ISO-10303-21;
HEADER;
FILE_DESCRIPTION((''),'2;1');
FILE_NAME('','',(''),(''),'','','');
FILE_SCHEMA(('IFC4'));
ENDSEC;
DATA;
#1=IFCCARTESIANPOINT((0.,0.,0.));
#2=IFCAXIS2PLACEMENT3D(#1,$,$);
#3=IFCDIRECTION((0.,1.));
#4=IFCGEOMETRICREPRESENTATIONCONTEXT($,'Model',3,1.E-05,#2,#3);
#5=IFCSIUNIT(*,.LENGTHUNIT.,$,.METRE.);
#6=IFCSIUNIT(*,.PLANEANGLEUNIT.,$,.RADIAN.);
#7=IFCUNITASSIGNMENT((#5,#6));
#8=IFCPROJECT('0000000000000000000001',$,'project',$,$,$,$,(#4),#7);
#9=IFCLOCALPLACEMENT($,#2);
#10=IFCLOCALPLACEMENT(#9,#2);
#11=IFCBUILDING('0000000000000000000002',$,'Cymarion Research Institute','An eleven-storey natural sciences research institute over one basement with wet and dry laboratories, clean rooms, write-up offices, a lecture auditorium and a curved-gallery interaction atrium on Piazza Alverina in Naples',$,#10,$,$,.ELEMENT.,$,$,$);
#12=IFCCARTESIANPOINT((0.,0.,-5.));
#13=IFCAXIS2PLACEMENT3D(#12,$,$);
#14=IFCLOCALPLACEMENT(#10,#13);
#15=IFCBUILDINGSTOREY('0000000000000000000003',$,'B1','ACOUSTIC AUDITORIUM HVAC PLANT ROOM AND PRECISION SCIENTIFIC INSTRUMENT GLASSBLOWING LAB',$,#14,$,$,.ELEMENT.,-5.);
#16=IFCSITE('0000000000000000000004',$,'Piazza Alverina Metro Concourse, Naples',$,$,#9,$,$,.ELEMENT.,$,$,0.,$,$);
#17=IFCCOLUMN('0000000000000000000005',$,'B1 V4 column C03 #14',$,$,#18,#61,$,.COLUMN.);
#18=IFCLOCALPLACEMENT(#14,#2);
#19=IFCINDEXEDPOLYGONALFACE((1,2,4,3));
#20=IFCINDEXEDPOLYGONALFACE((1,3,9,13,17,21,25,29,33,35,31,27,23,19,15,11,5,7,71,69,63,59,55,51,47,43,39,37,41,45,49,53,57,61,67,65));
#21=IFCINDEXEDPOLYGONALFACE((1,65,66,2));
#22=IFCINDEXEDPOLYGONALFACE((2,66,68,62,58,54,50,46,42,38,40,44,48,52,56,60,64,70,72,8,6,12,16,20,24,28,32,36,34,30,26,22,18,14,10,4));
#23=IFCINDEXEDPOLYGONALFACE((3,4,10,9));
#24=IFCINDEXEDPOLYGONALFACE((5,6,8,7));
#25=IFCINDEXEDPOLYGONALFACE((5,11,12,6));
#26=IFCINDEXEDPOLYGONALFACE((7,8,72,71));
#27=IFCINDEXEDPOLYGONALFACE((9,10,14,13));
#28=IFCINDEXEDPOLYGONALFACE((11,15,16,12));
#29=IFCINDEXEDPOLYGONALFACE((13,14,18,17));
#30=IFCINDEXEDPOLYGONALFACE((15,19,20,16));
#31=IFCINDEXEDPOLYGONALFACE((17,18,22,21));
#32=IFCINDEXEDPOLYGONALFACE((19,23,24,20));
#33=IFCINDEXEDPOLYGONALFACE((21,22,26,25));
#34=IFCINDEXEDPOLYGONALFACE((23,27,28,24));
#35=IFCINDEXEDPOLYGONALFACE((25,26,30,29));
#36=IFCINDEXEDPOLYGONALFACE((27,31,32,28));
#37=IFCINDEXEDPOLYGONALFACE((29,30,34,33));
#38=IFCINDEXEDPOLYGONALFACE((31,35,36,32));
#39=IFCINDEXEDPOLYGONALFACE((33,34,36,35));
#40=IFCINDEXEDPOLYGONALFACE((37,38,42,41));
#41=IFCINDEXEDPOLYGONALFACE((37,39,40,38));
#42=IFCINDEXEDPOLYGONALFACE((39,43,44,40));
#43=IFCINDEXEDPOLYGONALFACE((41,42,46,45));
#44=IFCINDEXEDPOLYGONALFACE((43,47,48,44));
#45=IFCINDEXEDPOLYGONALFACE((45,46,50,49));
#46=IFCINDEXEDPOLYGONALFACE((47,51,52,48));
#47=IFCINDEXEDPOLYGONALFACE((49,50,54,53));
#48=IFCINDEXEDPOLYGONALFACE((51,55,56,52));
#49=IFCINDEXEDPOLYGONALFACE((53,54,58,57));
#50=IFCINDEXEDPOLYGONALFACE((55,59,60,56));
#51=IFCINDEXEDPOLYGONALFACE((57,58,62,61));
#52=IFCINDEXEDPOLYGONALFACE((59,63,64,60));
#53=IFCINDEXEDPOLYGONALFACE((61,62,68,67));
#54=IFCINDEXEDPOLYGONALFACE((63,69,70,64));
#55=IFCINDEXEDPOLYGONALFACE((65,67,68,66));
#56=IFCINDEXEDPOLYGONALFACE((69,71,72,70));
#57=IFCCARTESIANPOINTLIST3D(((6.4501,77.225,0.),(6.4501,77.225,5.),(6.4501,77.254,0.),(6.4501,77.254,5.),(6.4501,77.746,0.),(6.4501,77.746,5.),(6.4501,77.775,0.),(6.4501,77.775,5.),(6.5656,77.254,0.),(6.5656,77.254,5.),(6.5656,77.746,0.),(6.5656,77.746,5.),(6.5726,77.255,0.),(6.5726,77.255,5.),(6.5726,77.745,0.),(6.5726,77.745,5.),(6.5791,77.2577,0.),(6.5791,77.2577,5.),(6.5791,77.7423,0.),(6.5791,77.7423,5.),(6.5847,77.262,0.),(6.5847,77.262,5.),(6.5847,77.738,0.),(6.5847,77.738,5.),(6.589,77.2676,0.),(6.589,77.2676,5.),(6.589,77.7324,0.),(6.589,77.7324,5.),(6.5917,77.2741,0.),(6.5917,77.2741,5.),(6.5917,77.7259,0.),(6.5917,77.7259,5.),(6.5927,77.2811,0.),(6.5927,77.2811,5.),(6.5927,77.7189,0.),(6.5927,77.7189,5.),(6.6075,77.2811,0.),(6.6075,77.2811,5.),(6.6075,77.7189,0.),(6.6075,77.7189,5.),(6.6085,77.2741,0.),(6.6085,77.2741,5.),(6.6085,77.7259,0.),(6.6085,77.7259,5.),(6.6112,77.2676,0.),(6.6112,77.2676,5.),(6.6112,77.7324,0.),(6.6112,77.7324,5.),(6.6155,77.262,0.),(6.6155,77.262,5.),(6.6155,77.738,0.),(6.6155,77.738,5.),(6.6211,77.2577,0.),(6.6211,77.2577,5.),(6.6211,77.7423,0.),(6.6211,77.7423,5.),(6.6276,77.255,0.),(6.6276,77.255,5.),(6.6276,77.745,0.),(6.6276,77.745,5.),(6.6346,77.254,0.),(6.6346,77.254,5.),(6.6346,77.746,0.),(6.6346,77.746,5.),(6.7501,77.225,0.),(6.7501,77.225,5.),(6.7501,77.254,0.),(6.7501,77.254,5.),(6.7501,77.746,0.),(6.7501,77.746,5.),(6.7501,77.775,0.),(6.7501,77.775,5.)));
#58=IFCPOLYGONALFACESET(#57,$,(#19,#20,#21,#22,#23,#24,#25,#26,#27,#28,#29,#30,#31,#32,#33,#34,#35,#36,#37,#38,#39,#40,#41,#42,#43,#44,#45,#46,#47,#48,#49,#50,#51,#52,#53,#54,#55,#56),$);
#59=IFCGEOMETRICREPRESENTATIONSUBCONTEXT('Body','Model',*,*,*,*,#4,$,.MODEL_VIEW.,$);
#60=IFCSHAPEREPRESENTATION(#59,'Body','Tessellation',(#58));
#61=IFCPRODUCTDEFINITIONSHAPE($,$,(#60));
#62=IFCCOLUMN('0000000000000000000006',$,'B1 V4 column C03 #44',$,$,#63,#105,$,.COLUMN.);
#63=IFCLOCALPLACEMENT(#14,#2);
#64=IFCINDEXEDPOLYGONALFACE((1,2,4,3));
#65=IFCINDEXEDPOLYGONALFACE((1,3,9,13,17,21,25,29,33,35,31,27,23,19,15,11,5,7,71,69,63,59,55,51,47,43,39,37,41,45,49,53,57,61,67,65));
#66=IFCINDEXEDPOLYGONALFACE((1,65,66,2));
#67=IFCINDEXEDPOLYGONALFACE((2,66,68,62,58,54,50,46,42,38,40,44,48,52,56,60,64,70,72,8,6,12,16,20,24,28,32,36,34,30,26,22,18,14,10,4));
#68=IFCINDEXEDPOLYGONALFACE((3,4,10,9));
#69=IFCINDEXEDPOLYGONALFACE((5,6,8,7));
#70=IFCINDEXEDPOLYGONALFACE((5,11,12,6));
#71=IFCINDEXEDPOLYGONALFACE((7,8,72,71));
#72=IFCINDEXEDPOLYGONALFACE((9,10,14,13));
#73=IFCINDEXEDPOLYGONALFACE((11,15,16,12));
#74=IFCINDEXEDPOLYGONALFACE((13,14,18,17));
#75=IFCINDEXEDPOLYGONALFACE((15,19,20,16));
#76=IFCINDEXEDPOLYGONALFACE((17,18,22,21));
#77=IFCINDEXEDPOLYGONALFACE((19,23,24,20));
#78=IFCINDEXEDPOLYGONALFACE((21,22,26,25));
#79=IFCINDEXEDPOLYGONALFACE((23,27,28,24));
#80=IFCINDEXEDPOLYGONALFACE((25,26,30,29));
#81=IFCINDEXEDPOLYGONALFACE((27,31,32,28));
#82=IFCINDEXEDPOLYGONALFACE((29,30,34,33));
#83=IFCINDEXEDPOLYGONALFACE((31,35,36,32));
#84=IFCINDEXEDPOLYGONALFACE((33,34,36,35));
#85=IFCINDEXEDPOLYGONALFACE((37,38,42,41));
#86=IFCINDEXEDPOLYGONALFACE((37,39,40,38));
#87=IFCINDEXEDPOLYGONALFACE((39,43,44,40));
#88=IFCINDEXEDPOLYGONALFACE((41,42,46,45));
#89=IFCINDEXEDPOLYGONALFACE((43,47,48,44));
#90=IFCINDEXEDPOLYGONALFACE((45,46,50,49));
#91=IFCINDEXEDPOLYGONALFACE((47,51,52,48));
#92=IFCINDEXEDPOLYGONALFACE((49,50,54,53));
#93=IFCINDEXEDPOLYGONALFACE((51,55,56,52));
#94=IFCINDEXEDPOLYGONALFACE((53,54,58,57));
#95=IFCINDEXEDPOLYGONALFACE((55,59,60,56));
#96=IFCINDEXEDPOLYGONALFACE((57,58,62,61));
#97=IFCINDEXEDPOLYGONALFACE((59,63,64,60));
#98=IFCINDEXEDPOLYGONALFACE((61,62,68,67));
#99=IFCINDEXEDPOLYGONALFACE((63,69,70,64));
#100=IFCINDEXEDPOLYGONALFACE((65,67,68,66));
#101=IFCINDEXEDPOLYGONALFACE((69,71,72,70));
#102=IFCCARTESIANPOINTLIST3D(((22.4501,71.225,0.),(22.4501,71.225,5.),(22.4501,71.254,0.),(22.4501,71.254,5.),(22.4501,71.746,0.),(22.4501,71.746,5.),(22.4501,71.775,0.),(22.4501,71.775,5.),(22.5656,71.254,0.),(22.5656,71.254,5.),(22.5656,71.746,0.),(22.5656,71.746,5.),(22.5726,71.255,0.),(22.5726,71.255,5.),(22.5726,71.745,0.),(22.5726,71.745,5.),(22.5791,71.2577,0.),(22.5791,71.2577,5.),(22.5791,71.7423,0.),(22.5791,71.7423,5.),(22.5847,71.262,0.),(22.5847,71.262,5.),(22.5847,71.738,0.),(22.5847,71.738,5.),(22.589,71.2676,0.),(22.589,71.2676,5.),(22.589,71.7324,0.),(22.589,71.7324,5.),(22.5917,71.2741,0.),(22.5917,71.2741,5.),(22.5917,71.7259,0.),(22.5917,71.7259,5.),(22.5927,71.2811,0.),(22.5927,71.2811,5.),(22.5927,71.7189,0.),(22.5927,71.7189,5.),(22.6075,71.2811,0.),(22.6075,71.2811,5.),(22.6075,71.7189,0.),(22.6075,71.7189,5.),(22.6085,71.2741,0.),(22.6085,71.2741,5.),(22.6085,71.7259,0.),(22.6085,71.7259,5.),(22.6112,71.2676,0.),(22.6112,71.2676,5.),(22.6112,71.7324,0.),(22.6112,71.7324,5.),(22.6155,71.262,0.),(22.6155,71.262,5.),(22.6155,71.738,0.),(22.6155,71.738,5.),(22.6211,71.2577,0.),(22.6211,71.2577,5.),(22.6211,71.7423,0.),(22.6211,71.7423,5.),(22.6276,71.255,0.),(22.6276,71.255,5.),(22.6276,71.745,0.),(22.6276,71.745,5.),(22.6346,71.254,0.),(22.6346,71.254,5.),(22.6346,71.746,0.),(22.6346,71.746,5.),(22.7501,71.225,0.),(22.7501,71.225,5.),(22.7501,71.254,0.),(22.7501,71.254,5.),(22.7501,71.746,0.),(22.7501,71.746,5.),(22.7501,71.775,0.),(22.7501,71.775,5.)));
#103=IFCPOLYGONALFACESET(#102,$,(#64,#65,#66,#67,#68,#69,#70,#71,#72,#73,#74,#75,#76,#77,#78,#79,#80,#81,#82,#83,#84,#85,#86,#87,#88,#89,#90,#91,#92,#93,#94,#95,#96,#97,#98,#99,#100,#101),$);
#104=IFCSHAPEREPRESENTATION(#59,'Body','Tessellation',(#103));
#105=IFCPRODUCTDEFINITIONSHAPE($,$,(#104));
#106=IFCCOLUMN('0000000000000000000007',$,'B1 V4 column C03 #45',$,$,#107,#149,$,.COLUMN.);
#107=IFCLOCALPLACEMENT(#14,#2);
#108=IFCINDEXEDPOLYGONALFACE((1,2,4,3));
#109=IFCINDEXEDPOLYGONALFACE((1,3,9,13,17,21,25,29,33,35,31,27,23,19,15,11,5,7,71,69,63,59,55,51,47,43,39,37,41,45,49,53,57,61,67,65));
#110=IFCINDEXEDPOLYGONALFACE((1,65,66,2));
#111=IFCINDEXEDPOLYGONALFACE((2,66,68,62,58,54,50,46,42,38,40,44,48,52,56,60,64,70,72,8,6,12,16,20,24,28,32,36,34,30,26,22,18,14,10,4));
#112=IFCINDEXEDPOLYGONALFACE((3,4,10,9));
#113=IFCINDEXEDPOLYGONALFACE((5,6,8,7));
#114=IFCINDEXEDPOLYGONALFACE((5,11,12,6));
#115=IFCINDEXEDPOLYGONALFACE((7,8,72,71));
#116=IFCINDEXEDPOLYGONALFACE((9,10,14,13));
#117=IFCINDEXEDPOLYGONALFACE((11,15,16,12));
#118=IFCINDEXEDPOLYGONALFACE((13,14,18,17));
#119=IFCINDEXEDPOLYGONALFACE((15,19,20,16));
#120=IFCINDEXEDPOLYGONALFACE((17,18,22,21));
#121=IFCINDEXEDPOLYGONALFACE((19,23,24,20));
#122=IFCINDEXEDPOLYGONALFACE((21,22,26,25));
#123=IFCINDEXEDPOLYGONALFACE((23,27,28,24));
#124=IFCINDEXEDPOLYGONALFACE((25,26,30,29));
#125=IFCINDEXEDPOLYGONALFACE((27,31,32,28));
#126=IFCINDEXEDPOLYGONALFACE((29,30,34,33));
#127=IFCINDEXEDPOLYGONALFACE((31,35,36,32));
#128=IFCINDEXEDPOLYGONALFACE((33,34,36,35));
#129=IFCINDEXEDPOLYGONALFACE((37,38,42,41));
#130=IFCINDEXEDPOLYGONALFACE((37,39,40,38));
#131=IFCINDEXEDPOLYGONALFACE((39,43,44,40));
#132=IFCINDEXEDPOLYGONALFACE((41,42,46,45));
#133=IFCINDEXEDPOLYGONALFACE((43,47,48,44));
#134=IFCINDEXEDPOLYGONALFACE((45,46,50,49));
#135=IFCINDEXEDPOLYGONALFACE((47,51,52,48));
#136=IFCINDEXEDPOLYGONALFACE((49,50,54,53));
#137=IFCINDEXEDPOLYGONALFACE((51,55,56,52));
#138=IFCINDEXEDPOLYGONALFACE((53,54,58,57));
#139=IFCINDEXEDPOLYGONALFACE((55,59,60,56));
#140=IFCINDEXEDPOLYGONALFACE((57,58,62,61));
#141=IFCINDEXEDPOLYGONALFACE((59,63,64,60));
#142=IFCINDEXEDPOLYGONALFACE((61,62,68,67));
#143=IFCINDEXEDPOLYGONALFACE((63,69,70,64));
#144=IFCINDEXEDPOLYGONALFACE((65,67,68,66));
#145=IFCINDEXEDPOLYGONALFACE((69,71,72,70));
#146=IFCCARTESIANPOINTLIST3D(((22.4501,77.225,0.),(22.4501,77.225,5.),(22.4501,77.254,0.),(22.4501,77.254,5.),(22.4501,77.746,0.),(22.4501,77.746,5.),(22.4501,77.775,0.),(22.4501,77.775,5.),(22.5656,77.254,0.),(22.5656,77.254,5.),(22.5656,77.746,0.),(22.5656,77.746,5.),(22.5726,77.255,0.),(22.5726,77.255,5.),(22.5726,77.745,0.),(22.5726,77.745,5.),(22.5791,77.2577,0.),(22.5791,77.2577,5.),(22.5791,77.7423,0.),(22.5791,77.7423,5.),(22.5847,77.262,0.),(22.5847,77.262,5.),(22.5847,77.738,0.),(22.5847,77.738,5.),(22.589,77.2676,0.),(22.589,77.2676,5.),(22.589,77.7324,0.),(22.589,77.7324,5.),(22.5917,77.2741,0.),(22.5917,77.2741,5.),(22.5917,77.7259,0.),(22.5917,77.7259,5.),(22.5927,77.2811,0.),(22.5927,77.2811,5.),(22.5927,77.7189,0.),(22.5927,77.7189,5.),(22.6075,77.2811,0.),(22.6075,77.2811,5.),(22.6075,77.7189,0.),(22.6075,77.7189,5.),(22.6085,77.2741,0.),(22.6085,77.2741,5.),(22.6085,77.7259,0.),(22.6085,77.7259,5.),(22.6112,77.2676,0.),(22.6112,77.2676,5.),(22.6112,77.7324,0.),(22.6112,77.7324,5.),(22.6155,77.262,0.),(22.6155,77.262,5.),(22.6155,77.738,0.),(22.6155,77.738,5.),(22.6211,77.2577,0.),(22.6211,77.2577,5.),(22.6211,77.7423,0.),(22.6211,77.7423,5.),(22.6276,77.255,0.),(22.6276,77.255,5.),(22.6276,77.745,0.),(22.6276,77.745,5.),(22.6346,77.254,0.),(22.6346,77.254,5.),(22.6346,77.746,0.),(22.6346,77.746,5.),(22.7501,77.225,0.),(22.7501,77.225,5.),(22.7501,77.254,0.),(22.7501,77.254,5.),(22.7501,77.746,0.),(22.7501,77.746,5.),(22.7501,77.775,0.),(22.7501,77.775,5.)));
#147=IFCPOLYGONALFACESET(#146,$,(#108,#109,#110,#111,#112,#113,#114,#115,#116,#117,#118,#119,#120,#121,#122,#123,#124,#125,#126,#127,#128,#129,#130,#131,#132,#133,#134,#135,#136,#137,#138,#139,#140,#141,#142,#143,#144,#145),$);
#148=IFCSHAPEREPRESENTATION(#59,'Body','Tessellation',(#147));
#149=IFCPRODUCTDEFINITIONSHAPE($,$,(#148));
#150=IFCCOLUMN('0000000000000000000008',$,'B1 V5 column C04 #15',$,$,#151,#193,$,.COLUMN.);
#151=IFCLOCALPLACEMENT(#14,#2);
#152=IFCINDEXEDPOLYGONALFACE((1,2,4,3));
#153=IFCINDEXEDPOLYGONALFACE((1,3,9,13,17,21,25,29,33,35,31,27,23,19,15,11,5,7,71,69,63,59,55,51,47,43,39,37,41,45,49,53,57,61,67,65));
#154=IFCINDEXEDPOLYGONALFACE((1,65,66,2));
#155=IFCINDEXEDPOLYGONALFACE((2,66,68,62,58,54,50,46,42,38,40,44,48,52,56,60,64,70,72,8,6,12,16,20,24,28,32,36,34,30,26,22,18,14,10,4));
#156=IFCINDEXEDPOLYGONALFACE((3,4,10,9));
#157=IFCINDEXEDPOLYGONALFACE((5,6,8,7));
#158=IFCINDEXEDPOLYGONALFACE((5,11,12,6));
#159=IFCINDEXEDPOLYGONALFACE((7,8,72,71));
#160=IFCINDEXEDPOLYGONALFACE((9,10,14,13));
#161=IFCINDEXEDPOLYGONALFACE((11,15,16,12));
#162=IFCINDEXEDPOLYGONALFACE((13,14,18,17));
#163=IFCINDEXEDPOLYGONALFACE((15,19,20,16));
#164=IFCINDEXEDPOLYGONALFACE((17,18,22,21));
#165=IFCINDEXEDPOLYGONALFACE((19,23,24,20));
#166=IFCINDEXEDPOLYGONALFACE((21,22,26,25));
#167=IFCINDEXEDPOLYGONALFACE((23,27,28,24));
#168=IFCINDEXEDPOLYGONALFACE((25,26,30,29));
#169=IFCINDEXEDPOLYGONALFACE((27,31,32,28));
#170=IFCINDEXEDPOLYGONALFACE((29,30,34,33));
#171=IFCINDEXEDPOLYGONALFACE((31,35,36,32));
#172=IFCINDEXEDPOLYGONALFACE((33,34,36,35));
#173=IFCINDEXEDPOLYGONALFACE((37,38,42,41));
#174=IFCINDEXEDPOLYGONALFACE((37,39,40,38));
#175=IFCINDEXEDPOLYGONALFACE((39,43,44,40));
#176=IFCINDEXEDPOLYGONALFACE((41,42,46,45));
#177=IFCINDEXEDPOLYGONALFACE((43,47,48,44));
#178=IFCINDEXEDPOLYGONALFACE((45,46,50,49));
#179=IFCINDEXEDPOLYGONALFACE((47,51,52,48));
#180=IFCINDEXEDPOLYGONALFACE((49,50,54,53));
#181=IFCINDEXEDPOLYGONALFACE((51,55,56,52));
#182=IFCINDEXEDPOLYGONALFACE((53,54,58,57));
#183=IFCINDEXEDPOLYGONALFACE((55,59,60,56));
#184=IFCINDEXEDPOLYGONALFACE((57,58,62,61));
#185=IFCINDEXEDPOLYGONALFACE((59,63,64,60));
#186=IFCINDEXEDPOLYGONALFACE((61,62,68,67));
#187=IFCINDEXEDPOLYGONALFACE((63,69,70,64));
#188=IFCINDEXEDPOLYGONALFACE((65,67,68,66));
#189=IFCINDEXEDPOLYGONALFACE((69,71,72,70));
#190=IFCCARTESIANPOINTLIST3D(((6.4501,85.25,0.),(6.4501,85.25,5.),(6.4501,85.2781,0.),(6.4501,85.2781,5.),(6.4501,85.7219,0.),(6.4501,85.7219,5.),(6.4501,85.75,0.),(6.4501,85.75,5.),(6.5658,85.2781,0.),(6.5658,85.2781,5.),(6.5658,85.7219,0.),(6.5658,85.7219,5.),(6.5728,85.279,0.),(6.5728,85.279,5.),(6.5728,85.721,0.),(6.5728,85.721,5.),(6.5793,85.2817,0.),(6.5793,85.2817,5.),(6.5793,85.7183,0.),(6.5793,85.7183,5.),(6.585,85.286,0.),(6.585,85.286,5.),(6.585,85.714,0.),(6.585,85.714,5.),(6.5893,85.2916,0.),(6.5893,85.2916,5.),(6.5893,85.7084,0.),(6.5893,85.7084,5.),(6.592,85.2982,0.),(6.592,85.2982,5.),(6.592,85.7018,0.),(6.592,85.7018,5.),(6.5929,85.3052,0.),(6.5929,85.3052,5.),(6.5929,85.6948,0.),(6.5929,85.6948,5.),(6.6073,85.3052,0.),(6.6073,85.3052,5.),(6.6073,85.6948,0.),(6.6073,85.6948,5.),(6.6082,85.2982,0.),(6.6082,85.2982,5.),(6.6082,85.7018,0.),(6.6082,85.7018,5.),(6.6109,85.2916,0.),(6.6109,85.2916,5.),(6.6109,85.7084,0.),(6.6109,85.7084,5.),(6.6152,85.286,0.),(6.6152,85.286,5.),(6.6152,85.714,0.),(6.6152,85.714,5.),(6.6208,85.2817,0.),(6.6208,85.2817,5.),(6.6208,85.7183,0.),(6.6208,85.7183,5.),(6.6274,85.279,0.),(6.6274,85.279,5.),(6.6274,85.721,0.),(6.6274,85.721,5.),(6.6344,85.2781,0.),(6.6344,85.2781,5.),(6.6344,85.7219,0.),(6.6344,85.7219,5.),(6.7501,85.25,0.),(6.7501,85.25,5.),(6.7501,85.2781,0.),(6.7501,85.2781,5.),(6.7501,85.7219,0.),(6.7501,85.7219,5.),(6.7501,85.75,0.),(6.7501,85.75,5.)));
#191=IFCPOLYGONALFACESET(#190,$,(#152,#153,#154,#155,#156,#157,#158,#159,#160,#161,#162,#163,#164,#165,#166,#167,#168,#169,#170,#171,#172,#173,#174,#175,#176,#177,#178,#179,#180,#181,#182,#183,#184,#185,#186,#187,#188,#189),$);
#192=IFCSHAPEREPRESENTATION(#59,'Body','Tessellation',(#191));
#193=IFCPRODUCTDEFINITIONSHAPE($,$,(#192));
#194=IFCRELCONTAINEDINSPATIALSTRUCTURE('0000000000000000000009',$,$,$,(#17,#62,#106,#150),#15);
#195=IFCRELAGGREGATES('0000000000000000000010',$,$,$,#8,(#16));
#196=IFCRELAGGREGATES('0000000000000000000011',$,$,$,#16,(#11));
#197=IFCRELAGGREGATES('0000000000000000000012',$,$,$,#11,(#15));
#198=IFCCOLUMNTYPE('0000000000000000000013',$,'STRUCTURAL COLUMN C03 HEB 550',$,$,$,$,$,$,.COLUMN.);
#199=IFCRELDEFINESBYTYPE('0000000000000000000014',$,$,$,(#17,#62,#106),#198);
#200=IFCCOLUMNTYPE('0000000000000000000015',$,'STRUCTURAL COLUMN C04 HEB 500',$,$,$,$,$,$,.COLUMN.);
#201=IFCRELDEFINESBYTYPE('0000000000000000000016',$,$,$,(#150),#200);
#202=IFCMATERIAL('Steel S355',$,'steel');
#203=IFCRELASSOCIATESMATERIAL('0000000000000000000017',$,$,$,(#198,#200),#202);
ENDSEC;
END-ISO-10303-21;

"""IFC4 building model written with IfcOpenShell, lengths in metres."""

from ifc_helpers import new_model, si_unit, direction, frame, origin, origin_2d, place, context, subcontext, project, spatial, i_section, extrude, material, material_profile, profile_set, type_object, element, save


model = new_model("IFC4")

# Units and contexts
model_context = context("Model", 3, precision=1e-05, world=origin(), true_north=direction((0.0, 1.0)))
body_context = subcontext(model_context, "Body", "Model", "MODEL_VIEW")
ifc_project = project(units=[si_unit("LENGTHUNIT", "METRE"), si_unit("PLANEANGLEUNIT", "RADIAN")], contexts=[model_context])

# Site, building, storey
site_placement = place(None, origin())
site = spatial("IfcSite", under=ifc_project, at=site_placement, Name="Piazza Alverina Metro Concourse, Naples", CompositionType="ELEMENT", RefElevation=0.0)
building_placement = place(site_placement, origin())
building = spatial("IfcBuilding", under=site, at=building_placement, Name="Cymarion Research Institute", Description="An eleven-storey natural sciences research institute over one basement with wet and dry laboratories, clean rooms, write-up offices, a lecture auditorium and a curved-gallery interaction atrium on Piazza Alverina in Naples", CompositionType="ELEMENT")
storey_placement = place(building_placement, frame((0.0, 0.0, -5.0)))
storey = spatial("IfcBuildingStorey", under=building, at=storey_placement, Name="B1", Description="ACOUSTIC AUDITORIUM HVAC PLANT ROOM AND PRECISION SCIENTIFIC INSTRUMENT GLASSBLOWING LAB", CompositionType="ELEMENT", Elevation=-5.0)

# Columns
ifc_material_1 = material(Name="Steel S355", Category="steel")
ifc_material_profile_1 = material_profile(ifc_material_1, i_section(OverallWidth=0.3, OverallDepth=0.55, WebThickness=0.0149, FlangeThickness=0.0291, FilletRadius=0.0271, at=origin_2d()), Name="HEB 550")
ifc_profile_set_1 = profile_set([ifc_material_profile_1], Name="Steel S355")
column_type_1 = type_object("IfcColumnType", Name="STRUCTURAL COLUMN C03 HEB 550", PredefinedType="COLUMN", material=ifc_profile_set_1)
for number, where, z_axis, x_axis, name in (
    (1, (6.6001, 77.5, 0.0), (0.0, 0.0, 1.0), (1.0, 0.0, 0.0), "B1 V4 column C03 #14"),
    (2, (22.6001, 71.5, 0.0), (0.0, 0.0, 1.0), (1.0, 0.0, 0.0), "B1 V4 column C03 #44"),
    (3, (22.6001, 77.5, 0.0), (0.0, 0.0, 1.0), (1.0, 0.0, 0.0), "B1 V4 column C03 #45"),
):
    element("IfcColumn", number, at=place(storey_placement, frame(where, z_axis=z_axis, x_axis=x_axis)), inside=storey, type_object=column_type_1, Name=name, PredefinedType="COLUMN", context=body_context, shape_type="SweptSolid", body=[
        extrude(i_section(OverallWidth=0.3, OverallDepth=0.55, WebThickness=0.0149, FlangeThickness=0.0291, FilletRadius=0.0271, at=origin_2d()), origin(), (0.0, 0.0, 1.0), 5.0),
    ])
ifc_material_profile_2 = material_profile(ifc_material_1, i_section(OverallWidth=0.3, OverallDepth=0.5, WebThickness=0.0144, FlangeThickness=0.0281, FilletRadius=0.0271, at=origin_2d()), Name="HEB 500")
ifc_profile_set_2 = profile_set([ifc_material_profile_2], Name="Steel S355")
column_type_2 = type_object("IfcColumnType", Name="STRUCTURAL COLUMN C04 HEB 500", PredefinedType="COLUMN", material=ifc_profile_set_2)
for number, where, z_axis, x_axis, name in (
    (4, (6.6001, 85.5, 0.0), (0.0, 0.0, 1.0), (1.0, 0.0, 0.0), "B1 V5 column C04 #15"),
):
    element("IfcColumn", number, at=place(storey_placement, frame(where, z_axis=z_axis, x_axis=x_axis)), inside=storey, type_object=column_type_2, Name=name, PredefinedType="COLUMN", context=body_context, shape_type="SweptSolid", body=[
        extrude(i_section(OverallWidth=0.3, OverallDepth=0.5, WebThickness=0.0144, FlangeThickness=0.0281, FilletRadius=0.0271, at=origin_2d()), origin(), (0.0, 0.0, 1.0), 5.0),
    ])

save(model, "model.ifc")
